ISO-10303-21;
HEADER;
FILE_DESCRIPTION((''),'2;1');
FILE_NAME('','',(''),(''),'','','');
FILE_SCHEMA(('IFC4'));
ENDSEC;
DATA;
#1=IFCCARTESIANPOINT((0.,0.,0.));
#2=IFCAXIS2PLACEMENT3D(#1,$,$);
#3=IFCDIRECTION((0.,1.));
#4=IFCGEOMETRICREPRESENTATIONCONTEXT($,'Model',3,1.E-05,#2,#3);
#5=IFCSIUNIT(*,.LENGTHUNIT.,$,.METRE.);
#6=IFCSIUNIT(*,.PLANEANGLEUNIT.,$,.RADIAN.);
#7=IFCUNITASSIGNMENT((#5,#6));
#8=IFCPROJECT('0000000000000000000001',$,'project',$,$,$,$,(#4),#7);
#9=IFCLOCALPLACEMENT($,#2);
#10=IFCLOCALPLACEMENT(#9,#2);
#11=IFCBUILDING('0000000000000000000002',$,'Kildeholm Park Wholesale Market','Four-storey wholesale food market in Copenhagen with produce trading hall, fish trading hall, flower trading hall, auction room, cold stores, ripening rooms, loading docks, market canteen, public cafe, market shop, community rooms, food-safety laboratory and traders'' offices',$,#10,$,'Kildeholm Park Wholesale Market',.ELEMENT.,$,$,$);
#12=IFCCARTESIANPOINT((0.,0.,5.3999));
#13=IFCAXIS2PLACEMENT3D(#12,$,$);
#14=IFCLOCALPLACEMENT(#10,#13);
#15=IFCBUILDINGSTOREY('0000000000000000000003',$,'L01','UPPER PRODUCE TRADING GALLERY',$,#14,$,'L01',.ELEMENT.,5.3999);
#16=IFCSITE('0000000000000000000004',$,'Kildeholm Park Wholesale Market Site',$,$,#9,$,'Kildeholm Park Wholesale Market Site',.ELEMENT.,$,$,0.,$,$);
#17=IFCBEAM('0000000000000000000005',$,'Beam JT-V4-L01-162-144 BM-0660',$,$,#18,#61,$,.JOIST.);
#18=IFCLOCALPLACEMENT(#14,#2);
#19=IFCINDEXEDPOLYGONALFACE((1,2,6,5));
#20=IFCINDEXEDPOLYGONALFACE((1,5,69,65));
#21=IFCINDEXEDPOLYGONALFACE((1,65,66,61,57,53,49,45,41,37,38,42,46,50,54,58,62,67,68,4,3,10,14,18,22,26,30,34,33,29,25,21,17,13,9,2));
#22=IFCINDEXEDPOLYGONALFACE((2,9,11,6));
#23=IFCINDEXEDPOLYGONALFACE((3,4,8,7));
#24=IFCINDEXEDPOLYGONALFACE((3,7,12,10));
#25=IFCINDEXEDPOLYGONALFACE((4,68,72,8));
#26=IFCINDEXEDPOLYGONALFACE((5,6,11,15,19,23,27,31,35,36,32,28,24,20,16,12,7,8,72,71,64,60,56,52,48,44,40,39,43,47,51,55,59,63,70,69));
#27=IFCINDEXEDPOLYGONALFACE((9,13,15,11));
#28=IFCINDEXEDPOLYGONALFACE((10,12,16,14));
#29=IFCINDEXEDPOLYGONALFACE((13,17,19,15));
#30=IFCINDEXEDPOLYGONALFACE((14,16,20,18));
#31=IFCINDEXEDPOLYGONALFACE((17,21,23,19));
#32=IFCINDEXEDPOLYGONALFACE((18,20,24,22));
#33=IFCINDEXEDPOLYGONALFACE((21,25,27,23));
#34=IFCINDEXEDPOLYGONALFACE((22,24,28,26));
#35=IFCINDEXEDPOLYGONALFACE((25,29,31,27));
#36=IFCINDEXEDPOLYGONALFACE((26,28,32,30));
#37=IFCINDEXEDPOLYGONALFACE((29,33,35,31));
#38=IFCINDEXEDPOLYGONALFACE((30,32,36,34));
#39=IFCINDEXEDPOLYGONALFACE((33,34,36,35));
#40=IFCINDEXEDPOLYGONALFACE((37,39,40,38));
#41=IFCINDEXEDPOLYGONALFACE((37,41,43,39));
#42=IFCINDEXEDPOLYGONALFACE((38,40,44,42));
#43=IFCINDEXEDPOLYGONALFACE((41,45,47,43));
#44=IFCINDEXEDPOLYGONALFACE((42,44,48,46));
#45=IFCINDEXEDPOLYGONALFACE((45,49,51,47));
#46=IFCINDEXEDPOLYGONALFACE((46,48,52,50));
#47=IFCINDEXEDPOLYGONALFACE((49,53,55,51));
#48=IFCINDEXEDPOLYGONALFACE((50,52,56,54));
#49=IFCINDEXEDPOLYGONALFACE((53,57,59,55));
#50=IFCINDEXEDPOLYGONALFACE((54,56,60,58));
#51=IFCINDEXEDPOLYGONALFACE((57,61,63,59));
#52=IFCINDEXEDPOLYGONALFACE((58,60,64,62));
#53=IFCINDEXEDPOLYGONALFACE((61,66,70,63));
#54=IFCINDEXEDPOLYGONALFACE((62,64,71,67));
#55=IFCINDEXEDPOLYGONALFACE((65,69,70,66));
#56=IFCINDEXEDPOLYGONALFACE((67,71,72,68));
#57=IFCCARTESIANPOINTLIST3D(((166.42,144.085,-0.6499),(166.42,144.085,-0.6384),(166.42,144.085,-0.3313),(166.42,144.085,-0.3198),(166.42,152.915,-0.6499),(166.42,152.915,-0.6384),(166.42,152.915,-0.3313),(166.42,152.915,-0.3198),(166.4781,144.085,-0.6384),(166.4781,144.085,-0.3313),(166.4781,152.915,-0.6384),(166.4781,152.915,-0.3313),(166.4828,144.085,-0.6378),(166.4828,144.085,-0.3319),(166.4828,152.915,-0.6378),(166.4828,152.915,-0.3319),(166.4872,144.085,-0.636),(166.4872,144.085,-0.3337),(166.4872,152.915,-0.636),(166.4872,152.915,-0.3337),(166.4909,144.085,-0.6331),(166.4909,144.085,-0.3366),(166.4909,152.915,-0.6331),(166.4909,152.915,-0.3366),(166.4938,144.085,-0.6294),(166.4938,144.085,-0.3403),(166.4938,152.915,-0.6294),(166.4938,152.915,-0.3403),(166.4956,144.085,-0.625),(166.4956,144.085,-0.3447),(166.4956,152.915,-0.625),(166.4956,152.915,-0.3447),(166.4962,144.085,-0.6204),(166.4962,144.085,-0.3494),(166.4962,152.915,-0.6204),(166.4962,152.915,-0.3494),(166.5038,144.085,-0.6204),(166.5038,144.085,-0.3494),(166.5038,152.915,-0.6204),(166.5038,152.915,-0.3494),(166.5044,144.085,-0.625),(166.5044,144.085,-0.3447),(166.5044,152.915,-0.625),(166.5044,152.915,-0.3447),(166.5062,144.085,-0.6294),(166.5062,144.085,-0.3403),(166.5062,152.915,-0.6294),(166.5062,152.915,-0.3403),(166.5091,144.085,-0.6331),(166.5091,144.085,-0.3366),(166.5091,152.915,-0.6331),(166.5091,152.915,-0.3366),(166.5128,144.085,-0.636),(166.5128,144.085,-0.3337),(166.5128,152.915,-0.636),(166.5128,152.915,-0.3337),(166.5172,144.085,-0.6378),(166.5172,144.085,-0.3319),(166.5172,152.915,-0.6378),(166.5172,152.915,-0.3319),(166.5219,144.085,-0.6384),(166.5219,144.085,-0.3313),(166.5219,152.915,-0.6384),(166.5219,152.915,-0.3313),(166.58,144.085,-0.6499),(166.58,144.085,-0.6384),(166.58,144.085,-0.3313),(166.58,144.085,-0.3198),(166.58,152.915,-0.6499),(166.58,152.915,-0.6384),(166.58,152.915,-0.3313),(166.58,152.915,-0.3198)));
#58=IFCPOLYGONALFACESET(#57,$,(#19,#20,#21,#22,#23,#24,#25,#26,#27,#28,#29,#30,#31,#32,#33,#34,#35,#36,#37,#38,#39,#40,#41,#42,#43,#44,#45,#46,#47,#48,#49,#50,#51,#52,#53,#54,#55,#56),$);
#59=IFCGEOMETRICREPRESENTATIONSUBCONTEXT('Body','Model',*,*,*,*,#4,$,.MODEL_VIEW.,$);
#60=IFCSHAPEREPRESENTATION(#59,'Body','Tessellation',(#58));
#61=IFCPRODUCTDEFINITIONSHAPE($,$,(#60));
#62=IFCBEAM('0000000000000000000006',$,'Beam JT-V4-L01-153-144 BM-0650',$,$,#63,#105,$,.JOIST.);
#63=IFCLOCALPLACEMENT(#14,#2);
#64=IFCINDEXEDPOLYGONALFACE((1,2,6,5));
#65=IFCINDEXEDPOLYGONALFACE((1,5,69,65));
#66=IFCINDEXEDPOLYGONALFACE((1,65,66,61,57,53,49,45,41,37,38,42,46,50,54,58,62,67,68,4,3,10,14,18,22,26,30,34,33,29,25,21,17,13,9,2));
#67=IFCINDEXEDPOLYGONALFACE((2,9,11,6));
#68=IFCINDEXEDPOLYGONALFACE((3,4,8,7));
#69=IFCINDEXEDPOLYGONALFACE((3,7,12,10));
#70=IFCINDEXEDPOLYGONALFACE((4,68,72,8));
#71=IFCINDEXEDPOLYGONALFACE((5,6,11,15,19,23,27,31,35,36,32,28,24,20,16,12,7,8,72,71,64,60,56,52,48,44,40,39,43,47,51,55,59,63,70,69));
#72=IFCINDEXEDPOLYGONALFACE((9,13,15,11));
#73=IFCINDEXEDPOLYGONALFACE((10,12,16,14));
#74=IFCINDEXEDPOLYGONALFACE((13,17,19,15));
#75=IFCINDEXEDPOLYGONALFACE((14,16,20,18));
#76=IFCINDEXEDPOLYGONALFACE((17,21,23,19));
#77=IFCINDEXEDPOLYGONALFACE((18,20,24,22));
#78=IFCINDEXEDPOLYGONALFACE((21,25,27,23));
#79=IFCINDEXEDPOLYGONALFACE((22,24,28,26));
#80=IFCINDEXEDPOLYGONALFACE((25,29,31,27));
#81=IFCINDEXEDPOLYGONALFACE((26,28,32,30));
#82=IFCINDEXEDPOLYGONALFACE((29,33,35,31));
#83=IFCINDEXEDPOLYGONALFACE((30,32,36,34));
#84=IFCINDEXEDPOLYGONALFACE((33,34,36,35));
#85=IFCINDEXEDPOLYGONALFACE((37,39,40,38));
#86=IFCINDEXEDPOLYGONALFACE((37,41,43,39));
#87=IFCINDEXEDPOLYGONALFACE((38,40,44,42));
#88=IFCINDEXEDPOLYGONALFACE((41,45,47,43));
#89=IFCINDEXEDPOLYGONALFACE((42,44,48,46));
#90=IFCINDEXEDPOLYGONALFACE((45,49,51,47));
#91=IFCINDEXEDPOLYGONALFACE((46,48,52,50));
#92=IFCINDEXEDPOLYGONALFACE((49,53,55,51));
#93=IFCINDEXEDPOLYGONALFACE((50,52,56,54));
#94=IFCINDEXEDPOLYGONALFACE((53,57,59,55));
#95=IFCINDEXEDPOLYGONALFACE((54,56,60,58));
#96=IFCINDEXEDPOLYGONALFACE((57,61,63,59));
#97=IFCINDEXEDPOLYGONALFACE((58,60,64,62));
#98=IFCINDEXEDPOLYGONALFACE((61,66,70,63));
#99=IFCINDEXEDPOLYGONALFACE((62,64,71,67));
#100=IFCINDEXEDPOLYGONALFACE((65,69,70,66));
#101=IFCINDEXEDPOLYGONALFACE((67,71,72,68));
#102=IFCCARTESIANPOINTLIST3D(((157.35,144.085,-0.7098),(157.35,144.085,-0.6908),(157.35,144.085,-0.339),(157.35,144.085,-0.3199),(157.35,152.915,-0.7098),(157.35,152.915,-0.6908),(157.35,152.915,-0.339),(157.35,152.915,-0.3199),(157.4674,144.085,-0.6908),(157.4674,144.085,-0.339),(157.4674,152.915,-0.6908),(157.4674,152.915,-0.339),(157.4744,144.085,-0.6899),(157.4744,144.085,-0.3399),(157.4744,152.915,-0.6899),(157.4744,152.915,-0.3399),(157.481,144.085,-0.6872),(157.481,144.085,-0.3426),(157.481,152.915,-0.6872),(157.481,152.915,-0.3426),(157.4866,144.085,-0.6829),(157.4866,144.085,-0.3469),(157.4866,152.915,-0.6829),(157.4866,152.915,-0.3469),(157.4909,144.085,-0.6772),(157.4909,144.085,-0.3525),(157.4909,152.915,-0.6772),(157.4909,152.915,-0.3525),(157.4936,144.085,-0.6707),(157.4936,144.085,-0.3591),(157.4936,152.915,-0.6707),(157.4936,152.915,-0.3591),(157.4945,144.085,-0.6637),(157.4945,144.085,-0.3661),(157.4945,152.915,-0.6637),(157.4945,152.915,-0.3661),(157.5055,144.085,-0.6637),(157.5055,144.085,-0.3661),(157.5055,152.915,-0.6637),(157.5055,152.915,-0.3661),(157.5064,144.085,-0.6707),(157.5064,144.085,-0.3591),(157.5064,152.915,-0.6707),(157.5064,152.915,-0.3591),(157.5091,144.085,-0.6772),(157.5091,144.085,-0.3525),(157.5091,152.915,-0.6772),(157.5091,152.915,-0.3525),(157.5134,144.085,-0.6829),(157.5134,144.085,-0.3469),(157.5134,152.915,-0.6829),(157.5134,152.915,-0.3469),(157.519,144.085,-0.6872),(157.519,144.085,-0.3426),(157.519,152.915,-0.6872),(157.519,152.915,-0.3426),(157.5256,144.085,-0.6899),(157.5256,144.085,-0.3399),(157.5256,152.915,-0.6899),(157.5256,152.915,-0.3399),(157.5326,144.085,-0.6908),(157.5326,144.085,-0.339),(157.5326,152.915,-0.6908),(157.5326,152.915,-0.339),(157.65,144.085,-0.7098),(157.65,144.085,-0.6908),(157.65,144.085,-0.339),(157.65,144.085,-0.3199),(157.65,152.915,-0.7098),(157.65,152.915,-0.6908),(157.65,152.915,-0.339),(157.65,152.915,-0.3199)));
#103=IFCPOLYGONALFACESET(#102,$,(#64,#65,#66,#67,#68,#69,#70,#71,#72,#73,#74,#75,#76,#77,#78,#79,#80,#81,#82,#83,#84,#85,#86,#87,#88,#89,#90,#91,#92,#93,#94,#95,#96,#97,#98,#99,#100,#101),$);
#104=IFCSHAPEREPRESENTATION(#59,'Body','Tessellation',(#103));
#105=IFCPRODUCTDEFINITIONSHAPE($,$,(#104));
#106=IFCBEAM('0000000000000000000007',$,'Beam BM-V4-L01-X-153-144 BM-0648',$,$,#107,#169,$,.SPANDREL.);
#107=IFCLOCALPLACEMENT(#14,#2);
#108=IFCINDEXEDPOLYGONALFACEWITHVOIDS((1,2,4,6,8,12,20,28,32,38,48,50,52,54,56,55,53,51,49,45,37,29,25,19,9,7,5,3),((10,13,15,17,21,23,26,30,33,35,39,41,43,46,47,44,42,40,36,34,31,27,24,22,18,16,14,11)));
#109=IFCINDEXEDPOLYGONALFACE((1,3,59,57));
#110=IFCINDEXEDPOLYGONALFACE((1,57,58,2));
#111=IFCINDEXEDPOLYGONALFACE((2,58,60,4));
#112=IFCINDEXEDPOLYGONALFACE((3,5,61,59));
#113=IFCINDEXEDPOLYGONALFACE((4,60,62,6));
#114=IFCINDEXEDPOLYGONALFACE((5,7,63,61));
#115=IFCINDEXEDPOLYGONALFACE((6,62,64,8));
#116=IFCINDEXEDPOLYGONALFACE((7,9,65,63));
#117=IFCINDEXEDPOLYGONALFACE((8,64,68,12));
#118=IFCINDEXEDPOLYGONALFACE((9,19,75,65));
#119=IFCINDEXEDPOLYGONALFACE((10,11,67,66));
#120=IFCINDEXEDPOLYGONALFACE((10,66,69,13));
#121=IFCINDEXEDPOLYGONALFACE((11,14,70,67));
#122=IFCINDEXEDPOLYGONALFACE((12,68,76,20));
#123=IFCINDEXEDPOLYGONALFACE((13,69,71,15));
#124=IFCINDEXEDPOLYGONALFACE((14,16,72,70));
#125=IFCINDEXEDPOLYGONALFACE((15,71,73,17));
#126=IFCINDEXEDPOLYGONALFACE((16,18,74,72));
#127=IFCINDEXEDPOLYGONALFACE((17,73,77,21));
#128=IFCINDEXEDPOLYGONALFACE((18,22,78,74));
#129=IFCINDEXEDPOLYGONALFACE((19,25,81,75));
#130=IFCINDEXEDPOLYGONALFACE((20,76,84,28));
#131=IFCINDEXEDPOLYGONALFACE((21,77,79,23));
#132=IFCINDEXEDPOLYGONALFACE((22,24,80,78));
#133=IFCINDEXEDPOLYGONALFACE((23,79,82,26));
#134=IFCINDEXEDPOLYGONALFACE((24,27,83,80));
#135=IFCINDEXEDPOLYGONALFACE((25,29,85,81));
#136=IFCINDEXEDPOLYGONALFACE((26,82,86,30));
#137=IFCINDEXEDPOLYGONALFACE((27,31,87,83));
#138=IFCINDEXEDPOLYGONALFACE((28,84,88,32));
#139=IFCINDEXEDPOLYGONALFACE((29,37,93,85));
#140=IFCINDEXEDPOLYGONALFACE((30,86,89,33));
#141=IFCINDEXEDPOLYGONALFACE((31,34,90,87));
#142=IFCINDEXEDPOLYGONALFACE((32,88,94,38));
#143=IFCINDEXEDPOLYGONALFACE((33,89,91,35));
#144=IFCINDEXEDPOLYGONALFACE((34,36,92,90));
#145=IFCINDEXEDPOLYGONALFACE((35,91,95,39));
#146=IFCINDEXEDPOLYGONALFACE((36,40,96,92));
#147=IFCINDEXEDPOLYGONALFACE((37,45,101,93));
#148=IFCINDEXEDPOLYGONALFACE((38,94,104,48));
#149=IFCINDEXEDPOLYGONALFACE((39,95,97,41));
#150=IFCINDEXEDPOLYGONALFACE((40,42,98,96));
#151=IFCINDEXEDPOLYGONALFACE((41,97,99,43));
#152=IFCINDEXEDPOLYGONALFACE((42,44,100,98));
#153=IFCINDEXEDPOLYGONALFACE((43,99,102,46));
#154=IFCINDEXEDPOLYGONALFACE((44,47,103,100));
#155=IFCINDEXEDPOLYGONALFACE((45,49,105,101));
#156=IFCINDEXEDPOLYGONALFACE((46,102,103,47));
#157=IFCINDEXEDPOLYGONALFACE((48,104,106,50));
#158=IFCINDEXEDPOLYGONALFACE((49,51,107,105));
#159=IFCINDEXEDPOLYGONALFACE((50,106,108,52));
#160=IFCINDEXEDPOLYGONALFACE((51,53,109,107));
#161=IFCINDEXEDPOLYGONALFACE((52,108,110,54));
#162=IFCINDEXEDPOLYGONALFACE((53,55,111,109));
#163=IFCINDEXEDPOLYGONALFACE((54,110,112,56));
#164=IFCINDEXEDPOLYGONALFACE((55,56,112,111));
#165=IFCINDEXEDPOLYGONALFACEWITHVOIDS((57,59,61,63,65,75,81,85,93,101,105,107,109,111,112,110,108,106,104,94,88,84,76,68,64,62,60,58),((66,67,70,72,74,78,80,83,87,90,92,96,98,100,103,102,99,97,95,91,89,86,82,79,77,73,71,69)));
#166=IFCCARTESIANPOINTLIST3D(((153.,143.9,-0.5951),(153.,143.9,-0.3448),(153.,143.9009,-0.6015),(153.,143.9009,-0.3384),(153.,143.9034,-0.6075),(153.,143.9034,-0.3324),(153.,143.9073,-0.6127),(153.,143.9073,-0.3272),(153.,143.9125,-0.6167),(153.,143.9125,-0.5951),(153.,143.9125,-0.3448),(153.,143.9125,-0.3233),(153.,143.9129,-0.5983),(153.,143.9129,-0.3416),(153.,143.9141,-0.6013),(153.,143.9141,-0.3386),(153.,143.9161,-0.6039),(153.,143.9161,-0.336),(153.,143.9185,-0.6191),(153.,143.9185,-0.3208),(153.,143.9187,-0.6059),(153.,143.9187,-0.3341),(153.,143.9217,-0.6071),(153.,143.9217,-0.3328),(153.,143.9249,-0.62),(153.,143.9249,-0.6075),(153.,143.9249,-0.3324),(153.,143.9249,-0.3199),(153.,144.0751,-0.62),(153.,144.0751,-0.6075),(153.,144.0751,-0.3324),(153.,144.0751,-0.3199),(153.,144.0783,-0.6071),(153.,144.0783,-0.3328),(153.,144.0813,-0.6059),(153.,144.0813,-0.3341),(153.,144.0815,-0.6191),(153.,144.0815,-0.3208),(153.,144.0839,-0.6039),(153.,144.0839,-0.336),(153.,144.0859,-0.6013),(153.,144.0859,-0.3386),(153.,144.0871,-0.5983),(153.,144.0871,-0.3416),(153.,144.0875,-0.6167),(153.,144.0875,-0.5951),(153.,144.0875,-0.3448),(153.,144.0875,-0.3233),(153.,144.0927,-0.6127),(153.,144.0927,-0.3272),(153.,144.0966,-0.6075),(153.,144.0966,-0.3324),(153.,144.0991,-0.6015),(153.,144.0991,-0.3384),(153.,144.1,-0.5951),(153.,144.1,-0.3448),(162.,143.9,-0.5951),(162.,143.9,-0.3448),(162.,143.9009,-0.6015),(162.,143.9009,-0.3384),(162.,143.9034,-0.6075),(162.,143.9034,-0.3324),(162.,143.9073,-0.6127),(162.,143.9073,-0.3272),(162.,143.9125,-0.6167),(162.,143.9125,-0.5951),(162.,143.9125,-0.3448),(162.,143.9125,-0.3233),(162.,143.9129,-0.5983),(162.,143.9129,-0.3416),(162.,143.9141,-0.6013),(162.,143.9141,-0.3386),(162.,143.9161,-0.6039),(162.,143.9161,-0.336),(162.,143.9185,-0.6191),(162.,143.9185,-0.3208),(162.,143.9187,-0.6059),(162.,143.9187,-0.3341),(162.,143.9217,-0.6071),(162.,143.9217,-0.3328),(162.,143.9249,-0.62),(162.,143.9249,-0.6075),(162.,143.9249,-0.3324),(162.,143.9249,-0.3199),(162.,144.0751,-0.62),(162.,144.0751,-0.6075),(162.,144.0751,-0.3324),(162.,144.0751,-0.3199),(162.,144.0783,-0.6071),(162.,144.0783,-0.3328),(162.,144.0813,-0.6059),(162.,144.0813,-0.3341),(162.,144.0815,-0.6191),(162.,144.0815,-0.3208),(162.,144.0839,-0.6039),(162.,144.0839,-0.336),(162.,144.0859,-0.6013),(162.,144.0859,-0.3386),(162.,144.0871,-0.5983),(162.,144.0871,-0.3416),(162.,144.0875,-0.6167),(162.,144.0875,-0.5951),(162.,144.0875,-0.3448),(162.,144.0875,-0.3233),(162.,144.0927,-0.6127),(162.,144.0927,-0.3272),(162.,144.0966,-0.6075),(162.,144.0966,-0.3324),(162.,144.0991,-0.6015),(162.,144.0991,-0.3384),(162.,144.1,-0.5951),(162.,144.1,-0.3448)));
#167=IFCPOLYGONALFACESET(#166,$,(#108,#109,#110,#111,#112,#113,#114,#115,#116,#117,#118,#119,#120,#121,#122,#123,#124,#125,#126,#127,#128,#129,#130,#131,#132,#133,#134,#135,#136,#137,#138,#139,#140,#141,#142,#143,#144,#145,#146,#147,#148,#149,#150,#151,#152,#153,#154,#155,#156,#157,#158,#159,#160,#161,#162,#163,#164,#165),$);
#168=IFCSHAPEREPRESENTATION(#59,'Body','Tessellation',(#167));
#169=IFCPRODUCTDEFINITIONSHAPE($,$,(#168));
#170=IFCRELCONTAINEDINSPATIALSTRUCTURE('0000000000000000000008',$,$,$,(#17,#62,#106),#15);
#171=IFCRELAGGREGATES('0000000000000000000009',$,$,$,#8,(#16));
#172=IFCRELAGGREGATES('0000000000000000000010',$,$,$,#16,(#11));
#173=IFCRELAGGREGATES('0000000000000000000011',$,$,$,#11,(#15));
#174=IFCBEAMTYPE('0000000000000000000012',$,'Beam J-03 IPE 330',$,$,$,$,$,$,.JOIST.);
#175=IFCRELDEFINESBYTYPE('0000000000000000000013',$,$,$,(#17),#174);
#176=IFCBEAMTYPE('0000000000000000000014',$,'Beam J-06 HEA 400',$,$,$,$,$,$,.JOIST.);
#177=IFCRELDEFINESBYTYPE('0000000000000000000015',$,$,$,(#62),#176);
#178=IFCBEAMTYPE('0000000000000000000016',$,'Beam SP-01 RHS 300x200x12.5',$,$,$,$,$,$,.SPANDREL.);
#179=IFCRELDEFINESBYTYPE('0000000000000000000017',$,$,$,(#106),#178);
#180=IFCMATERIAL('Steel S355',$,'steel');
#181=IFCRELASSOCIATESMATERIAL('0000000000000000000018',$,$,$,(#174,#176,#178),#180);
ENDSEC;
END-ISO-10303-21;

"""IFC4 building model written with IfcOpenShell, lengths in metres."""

from ifc_helpers import new_model, si_unit, direction, frame, origin, origin_2d, place, context, subcontext, project, spatial, hollow_rectangle, i_section, extrude, material, material_profile, profile_set, type_object, element, save


model = new_model("IFC4")

# Units and contexts
model_context = context("Model", 3, precision=1e-05, world=origin(), true_north=direction((0.0, 1.0)))
body_context = subcontext(model_context, "Body", "Model", "MODEL_VIEW")
ifc_project = project(units=[si_unit("LENGTHUNIT", "METRE"), si_unit("PLANEANGLEUNIT", "RADIAN")], contexts=[model_context])

# Site, building, storey
site_placement = place(None, origin())
site = spatial("IfcSite", under=ifc_project, at=site_placement, Name="Kildeholm Park Wholesale Market Site", LongName="Kildeholm Park Wholesale Market Site", CompositionType="ELEMENT", RefElevation=0.0)
building_placement = place(site_placement, origin())
building = spatial("IfcBuilding", under=site, at=building_placement, Name="Kildeholm Park Wholesale Market", Description="Four-storey wholesale food market in Copenhagen with produce trading hall, fish trading hall, flower trading hall, auction room, cold stores, ripening rooms, loading docks, market canteen, public cafe, market shop, community rooms, food-safety laboratory and traders' offices", LongName="Kildeholm Park Wholesale Market", CompositionType="ELEMENT")
storey_placement = place(building_placement, frame((0.0, 0.0, 5.3999)))
storey = spatial("IfcBuildingStorey", under=building, at=storey_placement, Name="L01", Description="UPPER PRODUCE TRADING GALLERY", LongName="L01", CompositionType="ELEMENT", Elevation=5.3999)

# Beams
ifc_material_1 = material(Name="Steel S355", Category="steel")
ifc_material_profile_1 = material_profile(ifc_material_1, i_section(OverallWidth=0.1599, OverallDepth=0.3301, WebThickness=0.0076, FlangeThickness=0.0115, FilletRadius=0.0181, at=origin_2d()), Name="IPE 330")
ifc_profile_set_1 = profile_set([ifc_material_profile_1], Name="Steel S355")
beam_type_1 = type_object("IfcBeamType", Name="Beam J-03 IPE 330", PredefinedType="JOIST", material=ifc_profile_set_1)
beam_1_placement = place(storey_placement, frame((166.5, 144.085, -0.4849), z_axis=(0.0, 1.0, 0.0), x_axis=(-1.0, 0.0, 0.0)))
element("IfcBeam", 1, at=beam_1_placement, inside=storey, type_object=beam_type_1, Name="Beam JT-V4-L01-162-144 BM-0660", PredefinedType="JOIST", context=body_context, shape_type="SweptSolid", body=[
    extrude(i_section(OverallWidth=0.1599, OverallDepth=0.3301, WebThickness=0.0076, FlangeThickness=0.0115, FilletRadius=0.0181, at=origin_2d()), origin(), (0.0, 0.0, 1.0), 8.8301),
])
ifc_material_profile_2 = material_profile(ifc_material_1, i_section(OverallWidth=0.3, OverallDepth=0.3899, WebThickness=0.011, FlangeThickness=0.019, FilletRadius=0.0271, at=origin_2d()), Name="HEA 400")
ifc_profile_set_2 = profile_set([ifc_material_profile_2], Name="Steel S355")
beam_type_2 = type_object("IfcBeamType", Name="Beam J-06 HEA 400", PredefinedType="JOIST", material=ifc_profile_set_2)
beam_2_placement = place(storey_placement, frame((157.5, 144.085, -0.5149), z_axis=(0.0, 1.0, 0.0), x_axis=(-1.0, 0.0, 0.0)))
element("IfcBeam", 2, at=beam_2_placement, inside=storey, type_object=beam_type_2, Name="Beam JT-V4-L01-153-144 BM-0650", PredefinedType="JOIST", context=body_context, shape_type="SweptSolid", body=[
    extrude(i_section(OverallWidth=0.3, OverallDepth=0.3899, WebThickness=0.011, FlangeThickness=0.019, FilletRadius=0.0271, at=origin_2d()), origin(), (0.0, 0.0, 1.0), 8.8301),
])
ifc_material_profile_3 = material_profile(ifc_material_1, hollow_rectangle(XDim=0.2, YDim=0.3, WallThickness=0.0125, InnerFilletRadius=0.0125, OuterFilletRadius=0.0249, at=origin_2d()), Name="RHS 300x200x12.5")
ifc_profile_set_3 = profile_set([ifc_material_profile_3], Name="Steel S355")
beam_type_3 = type_object("IfcBeamType", Name="Beam SP-01 RHS 300x200x12.5", PredefinedType="SPANDREL", material=ifc_profile_set_3)
for number, where, z_axis, x_axis, name in (
    (3, (153.0, 144.0, -0.47), (1.0, 0.0, 0.0), (0.0, 1.0, 0.0), "Beam BM-V4-L01-X-153-144 BM-0648"),
):
    element("IfcBeam", number, at=place(storey_placement, frame(where, z_axis=z_axis, x_axis=x_axis)), inside=storey, type_object=beam_type_3, Name=name, PredefinedType="SPANDREL", context=body_context, shape_type="SweptSolid", body=[
        extrude(hollow_rectangle(XDim=0.2, YDim=0.3, WallThickness=0.0125, InnerFilletRadius=0.0125, OuterFilletRadius=0.0249, at=origin_2d()), origin(), (0.0, 0.0, 1.0), 9.0),
    ])

save(model, "model.ifc")
